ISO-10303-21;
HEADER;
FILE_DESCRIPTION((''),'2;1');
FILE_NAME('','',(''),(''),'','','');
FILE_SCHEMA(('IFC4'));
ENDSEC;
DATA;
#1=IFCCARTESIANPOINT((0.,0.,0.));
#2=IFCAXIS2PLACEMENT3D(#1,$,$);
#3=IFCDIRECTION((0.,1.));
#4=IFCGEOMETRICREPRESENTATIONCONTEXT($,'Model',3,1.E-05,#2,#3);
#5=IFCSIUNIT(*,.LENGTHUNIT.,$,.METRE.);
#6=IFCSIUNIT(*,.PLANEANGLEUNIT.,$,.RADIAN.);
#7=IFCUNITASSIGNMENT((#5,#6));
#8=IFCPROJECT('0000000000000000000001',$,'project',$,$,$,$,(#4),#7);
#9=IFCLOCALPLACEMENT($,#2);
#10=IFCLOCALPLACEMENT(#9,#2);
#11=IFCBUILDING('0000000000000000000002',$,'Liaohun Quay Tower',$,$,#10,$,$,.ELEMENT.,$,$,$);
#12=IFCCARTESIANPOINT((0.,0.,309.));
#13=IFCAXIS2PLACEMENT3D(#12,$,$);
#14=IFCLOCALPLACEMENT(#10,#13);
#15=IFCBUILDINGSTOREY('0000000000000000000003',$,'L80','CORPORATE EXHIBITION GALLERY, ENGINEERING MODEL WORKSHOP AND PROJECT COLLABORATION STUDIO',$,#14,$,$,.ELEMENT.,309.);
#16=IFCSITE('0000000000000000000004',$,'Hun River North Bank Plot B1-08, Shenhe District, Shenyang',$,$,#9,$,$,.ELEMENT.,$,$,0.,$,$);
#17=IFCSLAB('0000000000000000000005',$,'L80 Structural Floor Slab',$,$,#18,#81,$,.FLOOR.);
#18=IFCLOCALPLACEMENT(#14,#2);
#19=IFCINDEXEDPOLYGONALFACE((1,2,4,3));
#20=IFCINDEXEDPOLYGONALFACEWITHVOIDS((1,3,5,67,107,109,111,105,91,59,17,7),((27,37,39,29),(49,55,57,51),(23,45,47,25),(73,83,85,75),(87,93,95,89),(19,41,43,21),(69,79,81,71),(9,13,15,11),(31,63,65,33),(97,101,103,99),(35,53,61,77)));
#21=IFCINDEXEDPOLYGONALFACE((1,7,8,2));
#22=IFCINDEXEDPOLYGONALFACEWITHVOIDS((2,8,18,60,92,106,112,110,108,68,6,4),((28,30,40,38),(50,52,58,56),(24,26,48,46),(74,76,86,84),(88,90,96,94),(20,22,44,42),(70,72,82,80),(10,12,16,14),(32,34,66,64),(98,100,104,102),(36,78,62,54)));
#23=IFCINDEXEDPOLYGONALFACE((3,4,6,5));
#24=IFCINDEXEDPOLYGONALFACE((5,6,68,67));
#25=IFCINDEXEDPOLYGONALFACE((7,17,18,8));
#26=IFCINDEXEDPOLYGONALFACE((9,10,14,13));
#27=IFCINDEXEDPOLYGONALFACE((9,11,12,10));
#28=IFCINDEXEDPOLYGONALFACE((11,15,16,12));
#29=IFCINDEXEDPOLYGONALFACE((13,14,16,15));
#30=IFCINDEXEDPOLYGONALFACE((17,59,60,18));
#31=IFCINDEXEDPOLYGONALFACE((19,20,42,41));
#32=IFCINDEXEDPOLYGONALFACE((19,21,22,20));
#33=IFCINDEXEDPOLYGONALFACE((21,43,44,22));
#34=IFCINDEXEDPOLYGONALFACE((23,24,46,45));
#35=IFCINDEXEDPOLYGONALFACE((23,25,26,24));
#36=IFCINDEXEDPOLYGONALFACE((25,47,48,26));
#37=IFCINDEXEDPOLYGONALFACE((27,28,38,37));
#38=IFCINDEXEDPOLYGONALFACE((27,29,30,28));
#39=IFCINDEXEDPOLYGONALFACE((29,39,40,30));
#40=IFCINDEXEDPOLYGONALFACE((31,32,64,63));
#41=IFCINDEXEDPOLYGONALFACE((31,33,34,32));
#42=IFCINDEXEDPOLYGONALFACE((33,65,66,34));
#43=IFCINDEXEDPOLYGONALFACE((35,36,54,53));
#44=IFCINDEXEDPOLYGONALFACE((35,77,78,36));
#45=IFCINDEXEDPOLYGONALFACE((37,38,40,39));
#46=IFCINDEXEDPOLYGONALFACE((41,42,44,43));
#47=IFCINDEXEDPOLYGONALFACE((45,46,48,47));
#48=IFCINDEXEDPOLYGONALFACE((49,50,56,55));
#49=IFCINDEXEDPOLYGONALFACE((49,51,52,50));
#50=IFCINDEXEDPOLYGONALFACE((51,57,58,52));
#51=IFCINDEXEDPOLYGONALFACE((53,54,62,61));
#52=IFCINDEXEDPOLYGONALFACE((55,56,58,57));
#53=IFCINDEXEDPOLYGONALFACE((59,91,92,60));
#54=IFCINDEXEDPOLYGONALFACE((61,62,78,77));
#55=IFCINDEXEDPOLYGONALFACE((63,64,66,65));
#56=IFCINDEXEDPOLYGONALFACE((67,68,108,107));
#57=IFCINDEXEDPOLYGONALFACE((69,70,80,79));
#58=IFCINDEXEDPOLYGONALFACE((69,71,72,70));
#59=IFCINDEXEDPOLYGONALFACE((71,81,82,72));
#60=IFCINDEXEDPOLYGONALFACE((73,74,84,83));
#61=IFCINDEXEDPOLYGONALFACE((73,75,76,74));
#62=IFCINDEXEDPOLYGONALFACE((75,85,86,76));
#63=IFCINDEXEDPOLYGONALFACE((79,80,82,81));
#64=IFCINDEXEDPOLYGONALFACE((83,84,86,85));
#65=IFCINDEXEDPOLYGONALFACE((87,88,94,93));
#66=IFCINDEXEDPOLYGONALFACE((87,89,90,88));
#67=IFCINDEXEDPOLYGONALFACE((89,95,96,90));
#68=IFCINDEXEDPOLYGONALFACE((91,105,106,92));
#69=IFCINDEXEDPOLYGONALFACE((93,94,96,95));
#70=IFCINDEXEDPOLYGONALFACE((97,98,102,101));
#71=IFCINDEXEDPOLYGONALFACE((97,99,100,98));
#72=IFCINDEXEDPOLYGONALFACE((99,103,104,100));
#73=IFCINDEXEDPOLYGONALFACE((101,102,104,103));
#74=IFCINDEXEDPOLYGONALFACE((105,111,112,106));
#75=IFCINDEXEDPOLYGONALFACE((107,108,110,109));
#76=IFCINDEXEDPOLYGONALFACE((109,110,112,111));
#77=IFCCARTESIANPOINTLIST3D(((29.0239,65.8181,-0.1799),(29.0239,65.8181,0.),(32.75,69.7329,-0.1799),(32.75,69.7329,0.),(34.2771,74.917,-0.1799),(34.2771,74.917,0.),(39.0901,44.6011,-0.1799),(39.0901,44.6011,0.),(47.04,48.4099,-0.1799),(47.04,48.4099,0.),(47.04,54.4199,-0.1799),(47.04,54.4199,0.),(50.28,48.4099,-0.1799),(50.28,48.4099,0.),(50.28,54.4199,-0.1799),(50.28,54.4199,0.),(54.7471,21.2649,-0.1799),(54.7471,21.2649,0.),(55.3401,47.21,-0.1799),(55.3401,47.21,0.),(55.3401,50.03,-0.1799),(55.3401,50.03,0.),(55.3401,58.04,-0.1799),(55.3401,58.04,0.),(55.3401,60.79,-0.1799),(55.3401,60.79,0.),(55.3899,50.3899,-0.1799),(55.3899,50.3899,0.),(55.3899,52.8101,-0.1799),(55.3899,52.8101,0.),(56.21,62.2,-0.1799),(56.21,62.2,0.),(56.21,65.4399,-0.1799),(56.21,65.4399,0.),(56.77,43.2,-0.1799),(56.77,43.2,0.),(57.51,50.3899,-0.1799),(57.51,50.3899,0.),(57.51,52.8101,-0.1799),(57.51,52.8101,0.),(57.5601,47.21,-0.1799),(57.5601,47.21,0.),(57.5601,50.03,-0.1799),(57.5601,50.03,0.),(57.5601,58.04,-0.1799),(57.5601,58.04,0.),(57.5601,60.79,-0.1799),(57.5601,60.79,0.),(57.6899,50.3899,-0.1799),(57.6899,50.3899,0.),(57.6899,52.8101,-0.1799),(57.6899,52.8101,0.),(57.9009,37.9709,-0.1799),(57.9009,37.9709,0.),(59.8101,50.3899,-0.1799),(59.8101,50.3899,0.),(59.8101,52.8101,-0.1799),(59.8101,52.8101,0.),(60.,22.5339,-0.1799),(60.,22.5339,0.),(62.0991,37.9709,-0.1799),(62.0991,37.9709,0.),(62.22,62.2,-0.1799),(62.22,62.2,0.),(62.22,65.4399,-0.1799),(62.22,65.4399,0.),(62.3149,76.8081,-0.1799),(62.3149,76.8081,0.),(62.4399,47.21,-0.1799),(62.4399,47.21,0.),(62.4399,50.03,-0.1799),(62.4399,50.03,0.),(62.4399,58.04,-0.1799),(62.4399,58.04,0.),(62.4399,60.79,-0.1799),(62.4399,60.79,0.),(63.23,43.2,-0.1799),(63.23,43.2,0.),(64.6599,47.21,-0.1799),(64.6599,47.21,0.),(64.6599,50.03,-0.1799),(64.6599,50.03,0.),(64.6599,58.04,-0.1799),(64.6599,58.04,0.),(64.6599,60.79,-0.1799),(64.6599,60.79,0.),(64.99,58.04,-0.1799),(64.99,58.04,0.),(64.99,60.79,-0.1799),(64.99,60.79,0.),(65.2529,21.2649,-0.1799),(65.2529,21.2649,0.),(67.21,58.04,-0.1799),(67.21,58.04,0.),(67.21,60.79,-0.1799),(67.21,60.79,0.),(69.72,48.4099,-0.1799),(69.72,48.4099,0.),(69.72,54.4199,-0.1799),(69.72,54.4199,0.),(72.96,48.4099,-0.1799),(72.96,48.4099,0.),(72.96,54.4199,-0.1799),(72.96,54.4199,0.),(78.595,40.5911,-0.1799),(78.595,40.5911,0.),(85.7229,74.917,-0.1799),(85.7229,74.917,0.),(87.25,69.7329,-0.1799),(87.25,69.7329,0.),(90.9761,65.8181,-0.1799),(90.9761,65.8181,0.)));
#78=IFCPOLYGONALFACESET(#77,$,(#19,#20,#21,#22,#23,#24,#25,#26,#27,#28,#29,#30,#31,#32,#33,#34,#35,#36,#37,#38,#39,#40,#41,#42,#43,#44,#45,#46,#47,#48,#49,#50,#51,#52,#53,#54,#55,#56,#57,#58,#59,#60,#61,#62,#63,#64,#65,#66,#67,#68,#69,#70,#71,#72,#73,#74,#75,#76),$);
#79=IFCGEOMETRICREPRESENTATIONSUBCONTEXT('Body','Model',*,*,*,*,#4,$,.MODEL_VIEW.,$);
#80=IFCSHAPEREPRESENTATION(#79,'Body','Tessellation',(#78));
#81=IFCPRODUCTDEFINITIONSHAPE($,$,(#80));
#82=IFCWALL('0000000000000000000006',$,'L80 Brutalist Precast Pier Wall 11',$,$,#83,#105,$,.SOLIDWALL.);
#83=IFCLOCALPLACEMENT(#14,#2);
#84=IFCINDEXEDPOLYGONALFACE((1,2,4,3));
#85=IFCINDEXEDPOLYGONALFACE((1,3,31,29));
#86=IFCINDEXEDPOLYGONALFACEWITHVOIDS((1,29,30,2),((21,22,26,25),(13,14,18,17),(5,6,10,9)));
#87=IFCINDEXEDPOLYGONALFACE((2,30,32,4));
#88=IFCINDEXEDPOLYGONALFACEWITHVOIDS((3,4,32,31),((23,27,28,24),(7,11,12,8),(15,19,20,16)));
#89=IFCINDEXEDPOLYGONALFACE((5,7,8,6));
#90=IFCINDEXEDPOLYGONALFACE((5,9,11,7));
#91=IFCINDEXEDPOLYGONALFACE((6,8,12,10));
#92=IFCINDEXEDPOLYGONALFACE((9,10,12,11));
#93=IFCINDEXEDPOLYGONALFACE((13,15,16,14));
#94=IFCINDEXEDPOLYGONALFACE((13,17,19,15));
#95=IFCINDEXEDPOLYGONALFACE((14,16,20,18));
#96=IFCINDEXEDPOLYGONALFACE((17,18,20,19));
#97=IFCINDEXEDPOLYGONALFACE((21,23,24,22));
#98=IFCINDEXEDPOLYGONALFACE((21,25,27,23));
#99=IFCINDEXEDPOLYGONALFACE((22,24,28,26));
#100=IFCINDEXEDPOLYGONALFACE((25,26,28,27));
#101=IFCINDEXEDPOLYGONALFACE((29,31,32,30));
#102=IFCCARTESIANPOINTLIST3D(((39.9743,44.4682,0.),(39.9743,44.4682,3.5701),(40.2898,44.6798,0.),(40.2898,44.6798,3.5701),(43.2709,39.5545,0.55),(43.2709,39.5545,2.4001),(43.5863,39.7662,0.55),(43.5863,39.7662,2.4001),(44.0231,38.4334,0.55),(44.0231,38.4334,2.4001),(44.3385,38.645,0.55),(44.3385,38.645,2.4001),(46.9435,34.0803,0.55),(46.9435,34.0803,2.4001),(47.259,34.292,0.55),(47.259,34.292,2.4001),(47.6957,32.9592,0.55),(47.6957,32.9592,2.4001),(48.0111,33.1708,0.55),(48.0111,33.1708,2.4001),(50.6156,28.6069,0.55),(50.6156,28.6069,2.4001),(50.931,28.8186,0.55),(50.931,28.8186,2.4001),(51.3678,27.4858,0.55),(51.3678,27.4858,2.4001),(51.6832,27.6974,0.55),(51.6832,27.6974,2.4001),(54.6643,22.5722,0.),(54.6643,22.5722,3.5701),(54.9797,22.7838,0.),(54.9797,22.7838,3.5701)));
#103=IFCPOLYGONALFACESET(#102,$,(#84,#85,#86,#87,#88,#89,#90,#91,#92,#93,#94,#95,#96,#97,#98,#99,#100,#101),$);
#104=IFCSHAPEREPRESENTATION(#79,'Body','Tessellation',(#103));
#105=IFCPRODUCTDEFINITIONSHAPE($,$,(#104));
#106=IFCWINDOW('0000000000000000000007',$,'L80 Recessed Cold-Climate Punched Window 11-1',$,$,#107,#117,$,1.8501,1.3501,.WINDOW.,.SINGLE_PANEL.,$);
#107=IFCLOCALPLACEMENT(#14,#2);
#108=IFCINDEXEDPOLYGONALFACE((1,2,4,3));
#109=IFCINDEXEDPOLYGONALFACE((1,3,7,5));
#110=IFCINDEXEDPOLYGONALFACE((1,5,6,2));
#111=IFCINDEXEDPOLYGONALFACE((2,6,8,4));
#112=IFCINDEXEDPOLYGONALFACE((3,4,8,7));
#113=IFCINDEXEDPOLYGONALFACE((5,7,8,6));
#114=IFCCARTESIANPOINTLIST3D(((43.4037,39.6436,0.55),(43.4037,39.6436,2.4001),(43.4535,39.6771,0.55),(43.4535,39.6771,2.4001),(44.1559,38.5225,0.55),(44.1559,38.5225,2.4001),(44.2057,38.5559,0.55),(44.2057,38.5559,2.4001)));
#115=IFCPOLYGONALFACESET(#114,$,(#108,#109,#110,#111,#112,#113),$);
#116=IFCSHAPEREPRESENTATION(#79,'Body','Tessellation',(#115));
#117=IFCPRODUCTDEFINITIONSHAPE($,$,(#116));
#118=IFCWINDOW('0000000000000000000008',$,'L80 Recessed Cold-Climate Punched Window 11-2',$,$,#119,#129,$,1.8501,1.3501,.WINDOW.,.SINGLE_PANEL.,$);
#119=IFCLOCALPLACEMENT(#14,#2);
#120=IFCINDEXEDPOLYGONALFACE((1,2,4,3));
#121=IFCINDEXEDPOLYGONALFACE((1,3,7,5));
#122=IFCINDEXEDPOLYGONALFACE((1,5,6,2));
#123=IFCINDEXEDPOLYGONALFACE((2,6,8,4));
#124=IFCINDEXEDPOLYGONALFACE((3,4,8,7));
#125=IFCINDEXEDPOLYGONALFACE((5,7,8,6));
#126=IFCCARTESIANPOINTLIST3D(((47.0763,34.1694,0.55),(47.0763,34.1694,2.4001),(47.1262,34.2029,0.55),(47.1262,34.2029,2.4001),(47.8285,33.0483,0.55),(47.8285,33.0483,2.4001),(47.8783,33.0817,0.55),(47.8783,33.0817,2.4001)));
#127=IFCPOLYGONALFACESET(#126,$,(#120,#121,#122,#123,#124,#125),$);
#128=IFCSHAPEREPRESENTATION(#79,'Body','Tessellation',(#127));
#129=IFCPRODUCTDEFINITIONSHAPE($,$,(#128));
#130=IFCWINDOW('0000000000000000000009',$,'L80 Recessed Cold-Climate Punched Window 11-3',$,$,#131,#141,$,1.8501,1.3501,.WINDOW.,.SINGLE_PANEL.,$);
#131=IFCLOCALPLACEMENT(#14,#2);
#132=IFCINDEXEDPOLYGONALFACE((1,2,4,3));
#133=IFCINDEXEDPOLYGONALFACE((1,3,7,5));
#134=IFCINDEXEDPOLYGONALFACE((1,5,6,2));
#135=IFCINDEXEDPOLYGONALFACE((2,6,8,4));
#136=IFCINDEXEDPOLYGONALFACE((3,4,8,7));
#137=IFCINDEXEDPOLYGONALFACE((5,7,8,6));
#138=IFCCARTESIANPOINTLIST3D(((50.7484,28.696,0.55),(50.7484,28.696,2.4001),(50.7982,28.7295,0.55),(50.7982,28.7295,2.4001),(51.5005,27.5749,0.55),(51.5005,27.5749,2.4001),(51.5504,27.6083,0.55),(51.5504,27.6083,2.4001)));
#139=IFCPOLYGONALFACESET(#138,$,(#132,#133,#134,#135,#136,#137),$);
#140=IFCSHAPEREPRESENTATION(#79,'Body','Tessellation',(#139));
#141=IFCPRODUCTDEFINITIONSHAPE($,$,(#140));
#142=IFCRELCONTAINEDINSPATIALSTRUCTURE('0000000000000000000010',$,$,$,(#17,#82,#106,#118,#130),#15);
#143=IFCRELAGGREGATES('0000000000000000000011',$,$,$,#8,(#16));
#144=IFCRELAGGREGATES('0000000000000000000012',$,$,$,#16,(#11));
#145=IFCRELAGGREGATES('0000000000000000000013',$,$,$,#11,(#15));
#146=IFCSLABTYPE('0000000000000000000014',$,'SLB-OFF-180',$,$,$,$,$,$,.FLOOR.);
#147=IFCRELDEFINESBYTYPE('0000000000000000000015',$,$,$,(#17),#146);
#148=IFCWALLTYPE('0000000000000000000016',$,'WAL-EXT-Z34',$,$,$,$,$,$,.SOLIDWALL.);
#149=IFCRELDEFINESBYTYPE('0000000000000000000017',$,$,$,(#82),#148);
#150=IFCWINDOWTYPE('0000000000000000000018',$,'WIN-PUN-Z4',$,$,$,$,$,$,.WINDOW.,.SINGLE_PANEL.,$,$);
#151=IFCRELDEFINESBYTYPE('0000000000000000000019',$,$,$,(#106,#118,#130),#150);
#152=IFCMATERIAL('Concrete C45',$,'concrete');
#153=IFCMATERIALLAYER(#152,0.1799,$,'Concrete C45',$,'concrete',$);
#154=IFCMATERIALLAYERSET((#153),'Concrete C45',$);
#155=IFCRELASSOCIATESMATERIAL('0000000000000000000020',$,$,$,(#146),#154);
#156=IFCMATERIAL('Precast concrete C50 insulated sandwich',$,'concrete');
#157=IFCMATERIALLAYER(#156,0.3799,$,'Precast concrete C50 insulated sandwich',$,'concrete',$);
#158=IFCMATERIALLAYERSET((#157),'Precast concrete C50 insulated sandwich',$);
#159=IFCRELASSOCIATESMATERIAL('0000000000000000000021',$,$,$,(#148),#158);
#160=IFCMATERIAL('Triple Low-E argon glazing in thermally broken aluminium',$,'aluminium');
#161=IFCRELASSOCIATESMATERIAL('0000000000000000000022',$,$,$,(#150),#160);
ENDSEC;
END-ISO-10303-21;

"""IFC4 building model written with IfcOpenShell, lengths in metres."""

from ifc_helpers import new_model, si_unit, direction, frame, frame_2d, origin, place, context, subcontext, project, spatial, polyline, rectangle, outline, extrude, source, transform, mapped, material, layer, layer_set, type_object, element, fill, save


model = new_model("IFC4")

# Units and contexts
model_context = context("Model", 3, precision=1e-05, world=origin(), true_north=direction((0.0, 1.0)))
body_context = subcontext(model_context, "Body", "Model", "MODEL_VIEW")
ifc_project = project(units=[si_unit("LENGTHUNIT", "METRE"), si_unit("PLANEANGLEUNIT", "RADIAN")], contexts=[model_context])

# Site, building, storey
site_placement = place(None, origin())
site = spatial("IfcSite", under=ifc_project, at=site_placement, Name="Hun River North Bank Plot B1-08, Shenhe District, Shenyang", CompositionType="ELEMENT", RefElevation=0.0)
building_placement = place(site_placement, origin())
building = spatial("IfcBuilding", under=site, at=building_placement, Name="Liaohun Quay Tower", CompositionType="ELEMENT")
storey_placement = place(building_placement, frame((0.0, 0.0, 309.0)))
storey = spatial("IfcBuildingStorey", under=building, at=storey_placement, Name="L80", Description="CORPORATE EXHIBITION GALLERY, ENGINEERING MODEL WORKSHOP AND PROJECT COLLABORATION STUDIO", CompositionType="ELEMENT", Elevation=309.0)

# Shared definitions
ifc_material_1 = material(Name="Concrete C45", Category="concrete")

# Slab
ifc_layer_1 = layer(ifc_material_1, 0.1799, Name="Concrete C45", Category="concrete")
ifc_layer_set_1 = layer_set([ifc_layer_1], Name="Concrete C45")
slab_type_1 = type_object("IfcSlabType", Name="SLB-OFF-180", PredefinedType="FLOOR", material=ifc_layer_set_1)
slab_1_placement = place(storey_placement, frame((0.0, 0.0, -0.1799)))
element("IfcSlab", 1, at=slab_1_placement, inside=storey, type_object=slab_type_1, Name="L80 Structural Floor Slab", PredefinedType="FLOOR", context=body_context, shape_type="SweptSolid", body=[
    extrude(outline(polyline([(54.7471, 21.2649), (60.0, 22.5339), (65.2529, 21.2649), (78.595, 40.5911), (90.9761, 65.8181), (87.25, 69.7329), (85.7229, 74.917), (62.3149, 76.8081), (34.2771, 74.917), (32.75, 69.7329), (29.0239, 65.8181), (39.0901, 44.6011), (54.7471, 21.2649)]), holes=[polyline([(57.5601, 50.03), (55.3401, 50.03), (55.3401, 47.21), (57.5601, 47.21), (57.5601, 50.03)]), polyline([(47.04, 54.4199), (47.04, 48.4099), (50.28, 48.4099), (50.28, 54.4199), (47.04, 54.4199)]), polyline([(57.51, 52.8101), (55.3899, 52.8101), (55.3899, 50.3899), (57.51, 50.3899), (57.51, 52.8101)]), polyline([(59.8101, 50.3899), (59.8101, 52.8101), (57.6899, 52.8101), (57.6899, 50.3899), (59.8101, 50.3899)]), polyline([(57.5601, 58.04), (57.5601, 60.79), (55.3401, 60.79), (55.3401, 58.04), (57.5601, 58.04)]), polyline([(62.22, 65.4399), (56.21, 65.4399), (56.21, 62.2), (62.22, 62.2), (62.22, 65.4399)]), polyline([(62.0991, 37.9709), (63.23, 43.2), (56.77, 43.2), (57.9009, 37.9709), (62.0991, 37.9709)]), polyline([(64.6599, 47.21), (64.6599, 50.03), (62.4399, 50.03), (62.4399, 47.21), (64.6599, 47.21)]), polyline([(69.72, 54.4199), (69.72, 48.4099), (72.96, 48.4099), (72.96, 54.4199), (69.72, 54.4199)]), polyline([(64.6599, 58.04), (64.6599, 60.79), (62.4399, 60.79), (62.4399, 58.04), (64.6599, 58.04)]), polyline([(67.21, 58.04), (67.21, 60.79), (64.99, 60.79), (64.99, 58.04), (67.21, 58.04)])]), origin(), (0.0, 0.0, 1.0), 0.1799),
])

# Wall, openings, windows
ifc_material_2 = material(Name="Precast concrete C50 insulated sandwich", Category="concrete")
ifc_layer_2 = layer(ifc_material_2, 0.3799, Name="Precast concrete C50 insulated sandwich", Category="concrete")
ifc_layer_set_2 = layer_set([ifc_layer_2], Name="Precast concrete C50 insulated sandwich")
wall_type_1 = type_object("IfcWallType", Name="WAL-EXT-Z34", PredefinedType="SOLIDWALL", material=ifc_layer_set_2)
wall_1_placement = place(storey_placement, frame((40.1321, 44.574, 0.0), z_axis=(0.0, 0.0, 1.0), x_axis=(0.557129, -0.830426, 0.0)))
wall_1 = element("IfcWall", 2, at=wall_1_placement, inside=storey, type_object=wall_type_1, Name="L80 Brutalist Precast Pier Wall 11", PredefinedType="SOLIDWALL", context=body_context, shape_type="SweptSolid", body=[
    extrude(rectangle(XDim=26.3672, YDim=0.3799, at=frame_2d((13.1836, 0.0))), origin(), (0.0, 0.0, 1.0), 3.5701),
])
shared_shape_1 = source(origin(), body_context, "Body", "SweptSolid", [
    extrude(rectangle(XDim=1.3501, YDim=1.8501, at=frame_2d((0.675, 0.925))), frame((0.0, 0.2, 0.0), z_axis=(0.0, -1.0, 0.0), x_axis=(1.0, 0.0, 0.0)), (0.0, 0.0, 1.0), 0.3999),
])
opening_1_placement = place(wall_1_placement, frame((5.917, 0.0, 0.55)))
opening_1 = element("IfcOpeningElement", 3, at=opening_1_placement, cuts=wall_1, PredefinedType="OPENING", context=body_context, shape_type="MappedRepresentation", body=[
    mapped(shared_shape_1, transform((0.0, 0.0, 0.0), x_axis=(1.0, 0.0, 0.0), y_axis=(0.0, 1.0, 0.0), z_axis=(0.0, 0.0, 1.0), scale=1.0)),
])
opening_2_placement = place(wall_1_placement, frame((12.509, 0.0, 0.55)))
opening_2 = element("IfcOpeningElement", 4, at=opening_2_placement, cuts=wall_1, PredefinedType="OPENING", context=body_context, shape_type="MappedRepresentation", body=[
    mapped(shared_shape_1, transform((0.0, 0.0, 0.0), x_axis=(1.0, 0.0, 0.0), y_axis=(0.0, 1.0, 0.0), z_axis=(0.0, 0.0, 1.0), scale=1.0)),
])
opening_3_placement = place(wall_1_placement, frame((19.1001, 0.0, 0.55)))
opening_3 = element("IfcOpeningElement", 5, at=opening_3_placement, cuts=wall_1, PredefinedType="OPENING", context=body_context, shape_type="MappedRepresentation", body=[
    mapped(shared_shape_1, transform((0.0, 0.0, 0.0), x_axis=(1.0, 0.0, 0.0), y_axis=(0.0, 1.0, 0.0), z_axis=(0.0, 0.0, 1.0), scale=1.0)),
])
ifc_material_3 = material(Name="Triple Low-E argon glazing in thermally broken aluminium", Category="aluminium")
window_type = type_object("IfcWindowType", Name="WIN-PUN-Z4", PartitioningType="SINGLE_PANEL", PredefinedType="WINDOW", material=ifc_material_3)
shared_shape_2 = source(origin(), body_context, "Body", "SweptSolid", [
    extrude(rectangle(XDim=1.3501, YDim=1.8501, at=frame_2d((0.675, 0.925))), frame((0.0, 0.03, 0.0), z_axis=(0.0, -1.0, 0.0), x_axis=(1.0, 0.0, 0.0)), (0.0, 0.0, 1.0), 0.0601),
])
window_1_placement = place(opening_1_placement, origin())
window_1 = element("IfcWindow", 6, at=window_1_placement, inside=storey, type_object=window_type, Name="L80 Recessed Cold-Climate Punched Window 11-1", OverallHeight=1.8501, OverallWidth=1.3501, PartitioningType="SINGLE_PANEL", PredefinedType="WINDOW", context=body_context, shape_type="MappedRepresentation", body=[
    mapped(shared_shape_2, transform((0.0, 0.0, 0.0), x_axis=(1.0, 0.0, 0.0), y_axis=(0.0, 1.0, 0.0), z_axis=(0.0, 0.0, 1.0), scale=1.0)),
])
fill(opening_1, window_1)
window_2_placement = place(opening_2_placement, origin())
window_2 = element("IfcWindow", 7, at=window_2_placement, inside=storey, type_object=window_type, Name="L80 Recessed Cold-Climate Punched Window 11-2", OverallHeight=1.8501, OverallWidth=1.3501, PartitioningType="SINGLE_PANEL", PredefinedType="WINDOW", context=body_context, shape_type="MappedRepresentation", body=[
    mapped(shared_shape_2, transform((0.0, 0.0, 0.0), x_axis=(1.0, 0.0, 0.0), y_axis=(0.0, 1.0, 0.0), z_axis=(0.0, 0.0, 1.0), scale=1.0)),
])
fill(opening_2, window_2)
window_3_placement = place(opening_3_placement, origin())
window_3 = element("IfcWindow", 8, at=window_3_placement, inside=storey, type_object=window_type, Name="L80 Recessed Cold-Climate Punched Window 11-3", OverallHeight=1.8501, OverallWidth=1.3501, PartitioningType="SINGLE_PANEL", PredefinedType="WINDOW", context=body_context, shape_type="MappedRepresentation", body=[
    mapped(shared_shape_2, transform((0.0, 0.0, 0.0), x_axis=(1.0, 0.0, 0.0), y_axis=(0.0, 1.0, 0.0), z_axis=(0.0, 0.0, 1.0), scale=1.0)),
])
fill(opening_3, window_3)

save(model, "model.ifc")
